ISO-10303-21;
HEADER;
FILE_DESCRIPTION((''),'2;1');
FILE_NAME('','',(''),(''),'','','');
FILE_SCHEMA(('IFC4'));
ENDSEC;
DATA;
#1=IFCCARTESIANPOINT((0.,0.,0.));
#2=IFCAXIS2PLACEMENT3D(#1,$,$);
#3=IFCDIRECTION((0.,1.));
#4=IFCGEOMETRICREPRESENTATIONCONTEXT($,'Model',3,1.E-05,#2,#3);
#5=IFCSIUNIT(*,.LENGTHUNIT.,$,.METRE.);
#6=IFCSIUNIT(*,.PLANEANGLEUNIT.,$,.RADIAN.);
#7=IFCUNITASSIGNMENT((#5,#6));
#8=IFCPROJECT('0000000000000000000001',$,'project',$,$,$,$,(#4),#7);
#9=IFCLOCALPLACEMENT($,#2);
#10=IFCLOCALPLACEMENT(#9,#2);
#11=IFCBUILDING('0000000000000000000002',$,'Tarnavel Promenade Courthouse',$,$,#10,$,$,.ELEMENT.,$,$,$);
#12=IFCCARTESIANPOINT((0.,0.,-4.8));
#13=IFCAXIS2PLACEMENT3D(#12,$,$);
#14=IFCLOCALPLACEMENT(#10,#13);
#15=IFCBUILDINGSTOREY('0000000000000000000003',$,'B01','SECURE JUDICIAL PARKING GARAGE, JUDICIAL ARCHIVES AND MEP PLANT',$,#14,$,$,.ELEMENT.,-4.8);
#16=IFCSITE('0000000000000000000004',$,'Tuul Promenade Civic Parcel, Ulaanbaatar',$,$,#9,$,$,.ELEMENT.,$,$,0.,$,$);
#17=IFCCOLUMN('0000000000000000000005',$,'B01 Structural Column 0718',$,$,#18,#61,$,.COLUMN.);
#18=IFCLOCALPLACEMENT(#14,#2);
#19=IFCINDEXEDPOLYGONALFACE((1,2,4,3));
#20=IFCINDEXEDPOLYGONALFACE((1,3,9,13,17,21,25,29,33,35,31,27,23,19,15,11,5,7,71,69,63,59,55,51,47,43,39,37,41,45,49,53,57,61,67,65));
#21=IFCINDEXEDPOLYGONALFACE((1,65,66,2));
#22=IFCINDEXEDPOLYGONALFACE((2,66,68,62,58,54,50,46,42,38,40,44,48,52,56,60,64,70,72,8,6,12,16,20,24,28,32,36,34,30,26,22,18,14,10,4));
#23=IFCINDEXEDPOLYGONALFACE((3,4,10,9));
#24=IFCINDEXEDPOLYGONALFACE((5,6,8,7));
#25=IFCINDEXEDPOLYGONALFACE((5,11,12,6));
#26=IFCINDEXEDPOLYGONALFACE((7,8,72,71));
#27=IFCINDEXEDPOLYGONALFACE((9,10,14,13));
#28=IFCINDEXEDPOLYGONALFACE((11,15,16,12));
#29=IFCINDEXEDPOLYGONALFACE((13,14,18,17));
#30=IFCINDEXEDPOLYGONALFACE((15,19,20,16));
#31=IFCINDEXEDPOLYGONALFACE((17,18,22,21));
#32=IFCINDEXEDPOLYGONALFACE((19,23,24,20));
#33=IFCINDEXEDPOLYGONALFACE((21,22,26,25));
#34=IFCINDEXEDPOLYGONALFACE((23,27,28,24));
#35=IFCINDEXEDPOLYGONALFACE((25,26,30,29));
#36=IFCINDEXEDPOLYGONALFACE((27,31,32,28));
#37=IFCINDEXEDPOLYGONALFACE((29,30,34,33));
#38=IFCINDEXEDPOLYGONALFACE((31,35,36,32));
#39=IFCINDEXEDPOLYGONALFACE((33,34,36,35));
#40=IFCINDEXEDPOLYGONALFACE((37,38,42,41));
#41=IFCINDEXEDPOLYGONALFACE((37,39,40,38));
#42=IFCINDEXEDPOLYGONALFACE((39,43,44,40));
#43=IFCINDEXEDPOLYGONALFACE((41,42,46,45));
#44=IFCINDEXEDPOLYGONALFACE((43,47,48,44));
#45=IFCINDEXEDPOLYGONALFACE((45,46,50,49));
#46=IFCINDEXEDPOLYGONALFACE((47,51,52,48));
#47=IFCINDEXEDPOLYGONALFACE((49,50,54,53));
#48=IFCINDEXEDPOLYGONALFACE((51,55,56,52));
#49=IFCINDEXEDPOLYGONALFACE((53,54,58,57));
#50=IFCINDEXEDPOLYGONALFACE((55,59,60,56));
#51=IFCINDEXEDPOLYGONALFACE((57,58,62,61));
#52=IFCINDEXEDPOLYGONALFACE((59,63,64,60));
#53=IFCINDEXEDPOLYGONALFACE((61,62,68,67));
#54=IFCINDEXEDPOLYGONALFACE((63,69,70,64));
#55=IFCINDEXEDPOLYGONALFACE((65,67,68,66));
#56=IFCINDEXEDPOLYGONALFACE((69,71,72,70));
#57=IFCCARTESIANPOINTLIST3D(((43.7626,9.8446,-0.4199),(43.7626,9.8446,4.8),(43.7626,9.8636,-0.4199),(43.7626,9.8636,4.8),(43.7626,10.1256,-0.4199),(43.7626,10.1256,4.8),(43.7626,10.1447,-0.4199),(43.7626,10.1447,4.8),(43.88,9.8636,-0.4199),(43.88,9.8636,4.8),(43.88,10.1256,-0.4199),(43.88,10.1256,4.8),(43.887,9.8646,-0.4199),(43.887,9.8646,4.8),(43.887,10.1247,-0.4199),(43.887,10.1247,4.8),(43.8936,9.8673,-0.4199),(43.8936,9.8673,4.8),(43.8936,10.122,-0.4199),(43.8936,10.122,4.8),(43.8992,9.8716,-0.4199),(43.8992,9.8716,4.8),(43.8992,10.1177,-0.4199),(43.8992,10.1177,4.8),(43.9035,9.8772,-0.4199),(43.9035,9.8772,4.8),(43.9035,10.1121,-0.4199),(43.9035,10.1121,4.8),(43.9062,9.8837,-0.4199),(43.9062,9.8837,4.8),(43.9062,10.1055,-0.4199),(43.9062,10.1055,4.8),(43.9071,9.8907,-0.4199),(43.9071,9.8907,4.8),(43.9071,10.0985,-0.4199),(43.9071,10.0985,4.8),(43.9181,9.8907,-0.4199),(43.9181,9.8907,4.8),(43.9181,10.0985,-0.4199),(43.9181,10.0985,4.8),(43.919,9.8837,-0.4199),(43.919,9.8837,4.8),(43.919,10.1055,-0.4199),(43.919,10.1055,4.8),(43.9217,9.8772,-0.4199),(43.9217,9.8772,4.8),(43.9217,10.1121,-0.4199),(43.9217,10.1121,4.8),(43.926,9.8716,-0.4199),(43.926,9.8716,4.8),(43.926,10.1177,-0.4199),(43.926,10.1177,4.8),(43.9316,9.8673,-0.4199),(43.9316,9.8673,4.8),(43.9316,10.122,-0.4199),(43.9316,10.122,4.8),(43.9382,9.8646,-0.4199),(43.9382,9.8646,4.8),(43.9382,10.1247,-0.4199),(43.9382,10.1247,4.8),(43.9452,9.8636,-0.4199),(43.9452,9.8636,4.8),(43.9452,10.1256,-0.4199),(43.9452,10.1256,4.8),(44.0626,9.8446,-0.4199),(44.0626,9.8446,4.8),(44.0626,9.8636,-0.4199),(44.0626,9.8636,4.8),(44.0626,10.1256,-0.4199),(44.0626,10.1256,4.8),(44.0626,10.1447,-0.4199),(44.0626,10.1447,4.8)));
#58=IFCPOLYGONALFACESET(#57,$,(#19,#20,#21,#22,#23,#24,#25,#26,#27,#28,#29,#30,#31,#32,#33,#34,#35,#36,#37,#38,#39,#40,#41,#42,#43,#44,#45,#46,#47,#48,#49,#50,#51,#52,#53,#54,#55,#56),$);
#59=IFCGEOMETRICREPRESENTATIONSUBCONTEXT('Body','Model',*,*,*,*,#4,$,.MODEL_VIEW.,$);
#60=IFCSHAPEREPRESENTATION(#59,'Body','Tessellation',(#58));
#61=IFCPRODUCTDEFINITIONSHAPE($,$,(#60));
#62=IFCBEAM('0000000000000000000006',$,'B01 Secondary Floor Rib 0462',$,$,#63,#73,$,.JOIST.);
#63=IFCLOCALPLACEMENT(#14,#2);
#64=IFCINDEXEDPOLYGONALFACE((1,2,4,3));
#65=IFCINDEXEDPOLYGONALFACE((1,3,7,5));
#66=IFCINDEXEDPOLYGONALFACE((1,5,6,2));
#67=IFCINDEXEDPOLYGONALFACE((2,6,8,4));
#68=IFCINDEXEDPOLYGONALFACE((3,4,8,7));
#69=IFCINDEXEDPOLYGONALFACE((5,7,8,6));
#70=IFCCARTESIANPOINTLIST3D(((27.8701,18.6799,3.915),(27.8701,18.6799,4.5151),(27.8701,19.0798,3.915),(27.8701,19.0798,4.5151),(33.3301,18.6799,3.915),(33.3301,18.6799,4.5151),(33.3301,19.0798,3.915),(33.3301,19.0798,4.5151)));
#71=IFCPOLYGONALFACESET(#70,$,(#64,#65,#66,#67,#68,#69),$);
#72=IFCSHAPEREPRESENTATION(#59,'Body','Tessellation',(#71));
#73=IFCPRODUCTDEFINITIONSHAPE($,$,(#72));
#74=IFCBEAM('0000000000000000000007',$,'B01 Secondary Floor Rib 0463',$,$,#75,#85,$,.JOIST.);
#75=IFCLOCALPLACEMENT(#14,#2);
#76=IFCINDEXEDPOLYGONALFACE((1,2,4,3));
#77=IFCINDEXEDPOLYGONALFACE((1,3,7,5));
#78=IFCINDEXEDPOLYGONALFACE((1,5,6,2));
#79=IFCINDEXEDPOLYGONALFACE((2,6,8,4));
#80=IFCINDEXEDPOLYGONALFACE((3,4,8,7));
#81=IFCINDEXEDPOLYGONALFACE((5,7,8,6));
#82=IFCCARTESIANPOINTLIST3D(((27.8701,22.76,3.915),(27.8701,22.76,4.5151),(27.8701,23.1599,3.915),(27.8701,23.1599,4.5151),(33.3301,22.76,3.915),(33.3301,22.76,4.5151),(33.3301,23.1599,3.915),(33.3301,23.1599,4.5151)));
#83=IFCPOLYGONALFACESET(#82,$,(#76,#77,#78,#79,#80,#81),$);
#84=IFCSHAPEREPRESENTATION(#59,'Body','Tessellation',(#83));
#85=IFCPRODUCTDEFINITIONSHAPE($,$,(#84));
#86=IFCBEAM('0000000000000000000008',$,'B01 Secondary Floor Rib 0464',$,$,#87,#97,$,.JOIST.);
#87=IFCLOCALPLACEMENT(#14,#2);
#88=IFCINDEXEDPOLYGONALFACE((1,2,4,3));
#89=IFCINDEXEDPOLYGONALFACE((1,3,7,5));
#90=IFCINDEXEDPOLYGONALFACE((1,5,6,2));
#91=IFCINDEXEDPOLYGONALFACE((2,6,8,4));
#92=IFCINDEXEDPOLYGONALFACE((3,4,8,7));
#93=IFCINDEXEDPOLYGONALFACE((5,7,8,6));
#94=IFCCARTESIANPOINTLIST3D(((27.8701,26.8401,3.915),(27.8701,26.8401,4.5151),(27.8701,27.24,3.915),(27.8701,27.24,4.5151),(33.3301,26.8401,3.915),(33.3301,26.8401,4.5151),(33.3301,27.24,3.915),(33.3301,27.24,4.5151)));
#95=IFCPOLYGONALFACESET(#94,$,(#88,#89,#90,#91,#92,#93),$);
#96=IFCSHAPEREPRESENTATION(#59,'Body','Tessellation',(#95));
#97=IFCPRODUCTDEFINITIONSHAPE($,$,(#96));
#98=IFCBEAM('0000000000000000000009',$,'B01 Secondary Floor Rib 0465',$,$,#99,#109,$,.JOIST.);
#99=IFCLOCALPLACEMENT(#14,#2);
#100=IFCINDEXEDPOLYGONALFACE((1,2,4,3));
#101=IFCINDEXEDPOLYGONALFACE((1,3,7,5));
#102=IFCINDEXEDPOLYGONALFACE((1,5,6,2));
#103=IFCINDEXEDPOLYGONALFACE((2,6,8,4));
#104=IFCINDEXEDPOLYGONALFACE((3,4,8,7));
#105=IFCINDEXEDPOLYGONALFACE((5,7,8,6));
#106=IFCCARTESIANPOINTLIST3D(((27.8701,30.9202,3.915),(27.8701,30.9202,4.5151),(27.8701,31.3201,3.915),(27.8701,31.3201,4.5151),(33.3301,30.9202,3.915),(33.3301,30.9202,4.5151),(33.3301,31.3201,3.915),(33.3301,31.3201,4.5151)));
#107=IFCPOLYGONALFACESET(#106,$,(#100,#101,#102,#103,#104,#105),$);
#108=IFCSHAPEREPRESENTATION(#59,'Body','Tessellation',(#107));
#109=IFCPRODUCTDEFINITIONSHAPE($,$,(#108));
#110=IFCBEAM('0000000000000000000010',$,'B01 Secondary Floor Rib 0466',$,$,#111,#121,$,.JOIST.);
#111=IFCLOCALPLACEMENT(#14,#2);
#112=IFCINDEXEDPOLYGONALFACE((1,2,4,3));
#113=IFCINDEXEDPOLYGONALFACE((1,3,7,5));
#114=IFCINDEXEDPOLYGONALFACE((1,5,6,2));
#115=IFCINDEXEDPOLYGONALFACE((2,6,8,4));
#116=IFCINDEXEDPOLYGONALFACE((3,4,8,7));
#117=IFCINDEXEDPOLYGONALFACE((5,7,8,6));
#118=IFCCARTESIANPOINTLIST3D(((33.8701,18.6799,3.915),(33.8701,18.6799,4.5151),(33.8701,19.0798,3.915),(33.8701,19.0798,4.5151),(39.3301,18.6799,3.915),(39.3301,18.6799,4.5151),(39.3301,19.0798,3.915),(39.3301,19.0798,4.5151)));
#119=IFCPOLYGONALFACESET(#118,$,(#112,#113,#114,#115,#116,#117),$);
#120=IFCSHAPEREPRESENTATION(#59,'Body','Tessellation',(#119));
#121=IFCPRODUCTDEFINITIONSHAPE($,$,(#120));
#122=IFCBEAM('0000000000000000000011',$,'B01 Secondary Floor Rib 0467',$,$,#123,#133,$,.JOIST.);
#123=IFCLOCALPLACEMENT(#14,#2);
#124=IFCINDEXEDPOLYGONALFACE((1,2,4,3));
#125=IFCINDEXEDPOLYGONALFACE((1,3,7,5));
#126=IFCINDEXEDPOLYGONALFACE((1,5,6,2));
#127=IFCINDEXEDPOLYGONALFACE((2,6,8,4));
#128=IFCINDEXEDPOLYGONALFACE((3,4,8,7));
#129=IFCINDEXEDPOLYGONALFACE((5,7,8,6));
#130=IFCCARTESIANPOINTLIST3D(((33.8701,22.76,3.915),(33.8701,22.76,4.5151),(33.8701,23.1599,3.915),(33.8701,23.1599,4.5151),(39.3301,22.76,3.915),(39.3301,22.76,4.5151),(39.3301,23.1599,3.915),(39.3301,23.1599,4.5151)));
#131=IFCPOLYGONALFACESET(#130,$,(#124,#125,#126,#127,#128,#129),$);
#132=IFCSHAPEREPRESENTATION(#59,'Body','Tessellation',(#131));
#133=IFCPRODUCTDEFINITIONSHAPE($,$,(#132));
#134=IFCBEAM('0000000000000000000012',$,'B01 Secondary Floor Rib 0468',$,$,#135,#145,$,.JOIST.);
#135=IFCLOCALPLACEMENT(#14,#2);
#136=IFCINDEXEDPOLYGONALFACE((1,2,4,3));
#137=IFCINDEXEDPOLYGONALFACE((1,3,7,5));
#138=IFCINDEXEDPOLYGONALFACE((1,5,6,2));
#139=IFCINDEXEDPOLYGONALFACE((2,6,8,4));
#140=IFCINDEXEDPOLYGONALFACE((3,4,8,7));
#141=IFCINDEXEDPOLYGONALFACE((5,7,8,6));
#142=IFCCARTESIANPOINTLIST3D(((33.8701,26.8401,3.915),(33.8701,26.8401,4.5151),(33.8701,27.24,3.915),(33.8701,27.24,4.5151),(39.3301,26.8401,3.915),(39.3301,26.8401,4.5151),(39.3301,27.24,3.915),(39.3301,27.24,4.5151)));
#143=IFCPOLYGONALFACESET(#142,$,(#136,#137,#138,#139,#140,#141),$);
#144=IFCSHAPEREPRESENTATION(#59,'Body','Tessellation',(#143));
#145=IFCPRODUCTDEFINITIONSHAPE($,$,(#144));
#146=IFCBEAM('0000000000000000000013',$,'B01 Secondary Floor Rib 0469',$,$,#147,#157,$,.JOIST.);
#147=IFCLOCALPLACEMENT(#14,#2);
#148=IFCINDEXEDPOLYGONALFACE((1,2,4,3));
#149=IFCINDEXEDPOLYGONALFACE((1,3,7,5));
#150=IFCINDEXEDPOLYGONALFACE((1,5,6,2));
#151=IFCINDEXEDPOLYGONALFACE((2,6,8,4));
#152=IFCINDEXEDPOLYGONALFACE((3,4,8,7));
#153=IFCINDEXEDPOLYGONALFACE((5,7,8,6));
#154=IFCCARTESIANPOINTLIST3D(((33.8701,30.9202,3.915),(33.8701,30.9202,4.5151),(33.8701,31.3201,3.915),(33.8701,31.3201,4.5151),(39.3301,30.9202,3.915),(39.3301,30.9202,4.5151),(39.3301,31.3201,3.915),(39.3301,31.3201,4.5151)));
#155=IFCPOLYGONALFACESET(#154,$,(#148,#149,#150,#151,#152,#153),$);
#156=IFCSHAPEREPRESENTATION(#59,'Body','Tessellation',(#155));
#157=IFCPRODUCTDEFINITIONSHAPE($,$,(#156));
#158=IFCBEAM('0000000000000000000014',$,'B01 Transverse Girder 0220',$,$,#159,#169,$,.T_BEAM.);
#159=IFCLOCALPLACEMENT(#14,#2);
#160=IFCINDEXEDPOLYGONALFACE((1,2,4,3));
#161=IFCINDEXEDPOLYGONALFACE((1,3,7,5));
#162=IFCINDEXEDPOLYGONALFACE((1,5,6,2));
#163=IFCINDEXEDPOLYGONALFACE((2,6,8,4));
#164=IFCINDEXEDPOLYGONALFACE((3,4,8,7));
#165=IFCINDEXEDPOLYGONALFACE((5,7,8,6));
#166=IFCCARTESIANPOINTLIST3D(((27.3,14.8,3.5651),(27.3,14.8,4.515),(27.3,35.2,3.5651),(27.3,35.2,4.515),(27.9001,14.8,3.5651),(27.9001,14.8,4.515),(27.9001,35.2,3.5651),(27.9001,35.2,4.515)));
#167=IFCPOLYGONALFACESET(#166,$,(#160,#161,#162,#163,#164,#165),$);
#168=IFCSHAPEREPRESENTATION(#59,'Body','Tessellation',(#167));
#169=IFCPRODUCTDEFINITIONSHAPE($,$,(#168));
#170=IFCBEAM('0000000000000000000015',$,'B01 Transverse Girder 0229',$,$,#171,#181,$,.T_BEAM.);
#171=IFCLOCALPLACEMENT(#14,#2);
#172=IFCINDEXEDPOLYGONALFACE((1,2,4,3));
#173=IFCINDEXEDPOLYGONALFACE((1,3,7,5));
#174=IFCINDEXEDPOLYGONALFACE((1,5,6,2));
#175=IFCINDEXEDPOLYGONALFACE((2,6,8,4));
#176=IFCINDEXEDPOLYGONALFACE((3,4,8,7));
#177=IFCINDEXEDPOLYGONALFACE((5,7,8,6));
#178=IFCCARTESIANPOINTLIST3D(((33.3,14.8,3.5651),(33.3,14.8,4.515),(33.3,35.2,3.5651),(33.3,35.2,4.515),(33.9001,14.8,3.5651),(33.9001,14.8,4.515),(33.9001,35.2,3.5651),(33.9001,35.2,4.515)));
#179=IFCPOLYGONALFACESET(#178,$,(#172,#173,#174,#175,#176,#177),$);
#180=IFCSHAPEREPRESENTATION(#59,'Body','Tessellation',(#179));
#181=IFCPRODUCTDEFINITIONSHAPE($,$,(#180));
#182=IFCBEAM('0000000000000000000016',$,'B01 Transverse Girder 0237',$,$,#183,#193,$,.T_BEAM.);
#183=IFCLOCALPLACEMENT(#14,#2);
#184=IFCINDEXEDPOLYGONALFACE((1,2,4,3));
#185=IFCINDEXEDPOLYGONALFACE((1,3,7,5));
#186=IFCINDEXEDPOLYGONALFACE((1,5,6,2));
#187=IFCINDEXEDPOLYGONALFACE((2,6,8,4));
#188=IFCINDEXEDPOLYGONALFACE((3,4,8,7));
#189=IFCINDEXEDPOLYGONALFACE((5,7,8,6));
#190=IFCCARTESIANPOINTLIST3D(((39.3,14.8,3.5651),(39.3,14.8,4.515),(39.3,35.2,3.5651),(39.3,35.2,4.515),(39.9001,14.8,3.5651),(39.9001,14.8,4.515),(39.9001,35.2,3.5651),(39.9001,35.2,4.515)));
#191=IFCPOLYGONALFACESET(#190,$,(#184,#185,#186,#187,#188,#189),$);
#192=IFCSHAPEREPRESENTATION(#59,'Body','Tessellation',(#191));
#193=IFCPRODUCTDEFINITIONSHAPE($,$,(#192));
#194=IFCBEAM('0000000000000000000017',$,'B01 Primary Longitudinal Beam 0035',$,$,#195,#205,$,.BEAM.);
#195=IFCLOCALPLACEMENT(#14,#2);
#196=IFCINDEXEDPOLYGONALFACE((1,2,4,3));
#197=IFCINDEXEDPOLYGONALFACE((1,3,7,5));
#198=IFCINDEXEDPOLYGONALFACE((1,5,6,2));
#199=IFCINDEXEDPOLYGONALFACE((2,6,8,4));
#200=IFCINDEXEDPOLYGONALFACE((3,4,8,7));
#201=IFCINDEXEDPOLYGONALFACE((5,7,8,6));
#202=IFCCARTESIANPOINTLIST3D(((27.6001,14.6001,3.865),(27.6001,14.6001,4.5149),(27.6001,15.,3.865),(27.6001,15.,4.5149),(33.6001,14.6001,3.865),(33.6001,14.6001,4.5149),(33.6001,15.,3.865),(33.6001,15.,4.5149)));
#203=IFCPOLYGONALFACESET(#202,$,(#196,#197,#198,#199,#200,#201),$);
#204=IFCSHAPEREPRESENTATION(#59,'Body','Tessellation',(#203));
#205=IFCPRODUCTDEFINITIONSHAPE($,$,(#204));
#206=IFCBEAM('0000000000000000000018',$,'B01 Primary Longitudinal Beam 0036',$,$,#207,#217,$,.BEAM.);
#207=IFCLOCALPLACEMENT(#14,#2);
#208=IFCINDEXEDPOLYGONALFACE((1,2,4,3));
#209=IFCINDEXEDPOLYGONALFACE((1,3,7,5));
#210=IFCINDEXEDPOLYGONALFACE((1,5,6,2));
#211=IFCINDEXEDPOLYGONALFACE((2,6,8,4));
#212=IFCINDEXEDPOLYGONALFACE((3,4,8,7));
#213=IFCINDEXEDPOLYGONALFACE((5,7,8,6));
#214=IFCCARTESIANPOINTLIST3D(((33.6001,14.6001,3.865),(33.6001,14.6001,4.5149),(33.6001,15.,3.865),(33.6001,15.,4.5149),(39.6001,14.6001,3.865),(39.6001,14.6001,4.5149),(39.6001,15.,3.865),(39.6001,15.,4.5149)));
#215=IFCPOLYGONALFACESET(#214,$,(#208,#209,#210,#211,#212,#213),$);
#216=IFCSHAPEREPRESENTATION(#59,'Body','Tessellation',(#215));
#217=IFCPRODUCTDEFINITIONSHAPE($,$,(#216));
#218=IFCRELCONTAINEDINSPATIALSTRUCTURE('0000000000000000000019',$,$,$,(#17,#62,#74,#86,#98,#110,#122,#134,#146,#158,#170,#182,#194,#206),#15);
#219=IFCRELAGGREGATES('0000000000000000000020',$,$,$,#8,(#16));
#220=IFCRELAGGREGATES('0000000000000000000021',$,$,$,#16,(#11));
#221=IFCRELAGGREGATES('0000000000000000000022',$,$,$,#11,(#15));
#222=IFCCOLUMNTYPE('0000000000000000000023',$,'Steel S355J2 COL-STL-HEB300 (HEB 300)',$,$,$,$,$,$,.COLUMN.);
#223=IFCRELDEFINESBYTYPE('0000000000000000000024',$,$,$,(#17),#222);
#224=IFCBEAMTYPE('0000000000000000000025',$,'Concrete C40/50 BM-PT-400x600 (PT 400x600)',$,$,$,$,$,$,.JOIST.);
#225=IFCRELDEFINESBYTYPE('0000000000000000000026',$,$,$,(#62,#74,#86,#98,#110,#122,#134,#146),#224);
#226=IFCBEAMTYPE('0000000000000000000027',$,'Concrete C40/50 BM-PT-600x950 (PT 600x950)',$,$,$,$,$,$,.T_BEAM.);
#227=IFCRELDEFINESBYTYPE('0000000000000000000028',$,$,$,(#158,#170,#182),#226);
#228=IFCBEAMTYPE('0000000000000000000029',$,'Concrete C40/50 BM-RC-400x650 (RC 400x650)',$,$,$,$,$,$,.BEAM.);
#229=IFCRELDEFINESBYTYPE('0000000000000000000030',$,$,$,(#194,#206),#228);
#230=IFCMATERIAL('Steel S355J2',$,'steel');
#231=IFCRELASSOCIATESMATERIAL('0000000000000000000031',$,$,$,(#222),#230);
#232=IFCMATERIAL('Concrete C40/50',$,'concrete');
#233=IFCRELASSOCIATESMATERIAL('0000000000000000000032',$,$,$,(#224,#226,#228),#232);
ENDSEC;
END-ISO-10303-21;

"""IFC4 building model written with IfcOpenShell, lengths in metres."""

from ifc_helpers import new_model, si_unit, direction, frame, origin, origin_2d, place, context, subcontext, project, spatial, rectangle, i_section, extrude, material, material_profile, profile_set, type_object, element, save


model = new_model("IFC4")

# Units and contexts
model_context = context("Model", 3, precision=1e-05, world=origin(), true_north=direction((0.0, 1.0)))
body_context = subcontext(model_context, "Body", "Model", "MODEL_VIEW")
ifc_project = project(units=[si_unit("LENGTHUNIT", "METRE"), si_unit("PLANEANGLEUNIT", "RADIAN")], contexts=[model_context])

# Site, building, storey
site_placement = place(None, origin())
site = spatial("IfcSite", under=ifc_project, at=site_placement, Name="Tuul Promenade Civic Parcel, Ulaanbaatar", CompositionType="ELEMENT", RefElevation=0.0)
building_placement = place(site_placement, origin())
building = spatial("IfcBuilding", under=site, at=building_placement, Name="Tarnavel Promenade Courthouse", CompositionType="ELEMENT")
storey_placement = place(building_placement, frame((0.0, 0.0, -4.8)))
storey = spatial("IfcBuildingStorey", under=building, at=storey_placement, Name="B01", Description="SECURE JUDICIAL PARKING GARAGE, JUDICIAL ARCHIVES AND MEP PLANT", CompositionType="ELEMENT", Elevation=-4.8)

# Column
ifc_material_1 = material(Name="Concrete C40/50", Category="concrete")
ifc_material_2 = material(Name="Steel S355J2", Category="steel")
ifc_material_profile_1 = material_profile(ifc_material_2, i_section(OverallWidth=0.3, OverallDepth=0.3, WebThickness=0.011, FlangeThickness=0.019, FilletRadius=0.0271, at=origin_2d()), Name="HEB 300")
ifc_profile_set_1 = profile_set([ifc_material_profile_1], Name="Steel S355J2")
column_type_1 = type_object("IfcColumnType", Name="Steel S355J2 COL-STL-HEB300 (HEB 300)", PredefinedType="COLUMN", material=ifc_profile_set_1)
column_placement = place(storey_placement, frame((43.9126, 9.9946, -0.4199), z_axis=(0.0, 0.0, 1.0), x_axis=(1.0, 0.0, 0.0)))
element("IfcColumn", 1, at=column_placement, inside=storey, type_object=column_type_1, Name="B01 Structural Column 0718", PredefinedType="COLUMN", context=body_context, shape_type="SweptSolid", body=[
    extrude(i_section(OverallWidth=0.3, OverallDepth=0.3, WebThickness=0.011, FlangeThickness=0.019, FilletRadius=0.0271, at=origin_2d()), origin(), (0.0, 0.0, 1.0), 5.22),
])

# Beams
ifc_material_profile_2 = material_profile(ifc_material_1, rectangle(XDim=0.3999, YDim=0.6001, at=origin_2d()), Name="PT 400x600")
ifc_profile_set_2 = profile_set([ifc_material_profile_2], Name="Concrete C40/50")
beam_type_1 = type_object("IfcBeamType", Name="Concrete C40/50 BM-PT-400x600 (PT 400x600)", PredefinedType="JOIST", material=ifc_profile_set_2)
for number, where, z_axis, x_axis, name in (
    (2, (27.8701, 18.8799, 4.2151), (1.0, 0.0, 0.0), (0.0, 1.0, 0.0), "B01 Secondary Floor Rib 0462"),
    (3, (27.8701, 22.96, 4.2151), (1.0, 0.0, 0.0), (0.0, 1.0, 0.0), "B01 Secondary Floor Rib 0463"),
    (4, (27.8701, 27.04, 4.2151), (1.0, 0.0, 0.0), (0.0, 1.0, 0.0), "B01 Secondary Floor Rib 0464"),
    (5, (27.8701, 31.1201, 4.2151), (1.0, 0.0, 0.0), (0.0, 1.0, 0.0), "B01 Secondary Floor Rib 0465"),
    (6, (33.8701, 18.8799, 4.2151), (1.0, 0.0, 0.0), (0.0, 1.0, 0.0), "B01 Secondary Floor Rib 0466"),
    (7, (33.8701, 22.96, 4.2151), (1.0, 0.0, 0.0), (0.0, 1.0, 0.0), "B01 Secondary Floor Rib 0467"),
    (8, (33.8701, 27.04, 4.2151), (1.0, 0.0, 0.0), (0.0, 1.0, 0.0), "B01 Secondary Floor Rib 0468"),
    (9, (33.8701, 31.1201, 4.2151), (1.0, 0.0, 0.0), (0.0, 1.0, 0.0), "B01 Secondary Floor Rib 0469"),
):
    element("IfcBeam", number, at=place(storey_placement, frame(where, z_axis=z_axis, x_axis=x_axis)), inside=storey, type_object=beam_type_1, Name=name, PredefinedType="JOIST", context=body_context, shape_type="SweptSolid", body=[
        extrude(rectangle(XDim=0.3999, YDim=0.6001, at=origin_2d()), origin(), (0.0, 0.0, 1.0), 5.46),
    ])
ifc_material_profile_3 = material_profile(ifc_material_1, rectangle(XDim=0.6001, YDim=0.95, at=origin_2d()), Name="PT 600x950")
ifc_profile_set_3 = profile_set([ifc_material_profile_3], Name="Concrete C40/50")
beam_type_2 = type_object("IfcBeamType", Name="Concrete C40/50 BM-PT-600x950 (PT 600x950)", PredefinedType="T_BEAM", material=ifc_profile_set_3)
for number, where, z_axis, x_axis, name in (
    (10, (27.6001, 14.8, 4.04), (0.0, 1.0, 0.0), (-1.0, 0.0, 0.0), "B01 Transverse Girder 0220"),
    (11, (33.6001, 14.8, 4.04), (0.0, 1.0, 0.0), (-1.0, 0.0, 0.0), "B01 Transverse Girder 0229"),
    (12, (39.6001, 14.8, 4.04), (0.0, 1.0, 0.0), (-1.0, 0.0, 0.0), "B01 Transverse Girder 0237"),
):
    element("IfcBeam", number, at=place(storey_placement, frame(where, z_axis=z_axis, x_axis=x_axis)), inside=storey, type_object=beam_type_2, Name=name, PredefinedType="T_BEAM", context=body_context, shape_type="SweptSolid", body=[
        extrude(rectangle(XDim=0.6001, YDim=0.95, at=origin_2d()), origin(), (0.0, 0.0, 1.0), 20.3999),
    ])
ifc_material_profile_4 = material_profile(ifc_material_1, rectangle(XDim=0.3999, YDim=0.6499, at=origin_2d()), Name="RC 400x650")
ifc_profile_set_4 = profile_set([ifc_material_profile_4], Name="Concrete C40/50")
beam_type_3 = type_object("IfcBeamType", Name="Concrete C40/50 BM-RC-400x650 (RC 400x650)", PredefinedType="BEAM", material=ifc_profile_set_4)
for number, where, z_axis, x_axis, name in (
    (13, (27.6001, 14.8, 4.1899), (1.0, 0.0, 0.0), (0.0, 1.0, 0.0), "B01 Primary Longitudinal Beam 0035"),
    (14, (33.6001, 14.8, 4.1899), (1.0, 0.0, 0.0), (0.0, 1.0, 0.0), "B01 Primary Longitudinal Beam 0036"),
):
    element("IfcBeam", number, at=place(storey_placement, frame(where, z_axis=z_axis, x_axis=x_axis)), inside=storey, type_object=beam_type_3, Name=name, PredefinedType="BEAM", context=body_context, shape_type="SweptSolid", body=[
        extrude(rectangle(XDim=0.3999, YDim=0.6499, at=origin_2d()), origin(), (0.0, 0.0, 1.0), 6.0),
    ])

save(model, "model.ifc")
